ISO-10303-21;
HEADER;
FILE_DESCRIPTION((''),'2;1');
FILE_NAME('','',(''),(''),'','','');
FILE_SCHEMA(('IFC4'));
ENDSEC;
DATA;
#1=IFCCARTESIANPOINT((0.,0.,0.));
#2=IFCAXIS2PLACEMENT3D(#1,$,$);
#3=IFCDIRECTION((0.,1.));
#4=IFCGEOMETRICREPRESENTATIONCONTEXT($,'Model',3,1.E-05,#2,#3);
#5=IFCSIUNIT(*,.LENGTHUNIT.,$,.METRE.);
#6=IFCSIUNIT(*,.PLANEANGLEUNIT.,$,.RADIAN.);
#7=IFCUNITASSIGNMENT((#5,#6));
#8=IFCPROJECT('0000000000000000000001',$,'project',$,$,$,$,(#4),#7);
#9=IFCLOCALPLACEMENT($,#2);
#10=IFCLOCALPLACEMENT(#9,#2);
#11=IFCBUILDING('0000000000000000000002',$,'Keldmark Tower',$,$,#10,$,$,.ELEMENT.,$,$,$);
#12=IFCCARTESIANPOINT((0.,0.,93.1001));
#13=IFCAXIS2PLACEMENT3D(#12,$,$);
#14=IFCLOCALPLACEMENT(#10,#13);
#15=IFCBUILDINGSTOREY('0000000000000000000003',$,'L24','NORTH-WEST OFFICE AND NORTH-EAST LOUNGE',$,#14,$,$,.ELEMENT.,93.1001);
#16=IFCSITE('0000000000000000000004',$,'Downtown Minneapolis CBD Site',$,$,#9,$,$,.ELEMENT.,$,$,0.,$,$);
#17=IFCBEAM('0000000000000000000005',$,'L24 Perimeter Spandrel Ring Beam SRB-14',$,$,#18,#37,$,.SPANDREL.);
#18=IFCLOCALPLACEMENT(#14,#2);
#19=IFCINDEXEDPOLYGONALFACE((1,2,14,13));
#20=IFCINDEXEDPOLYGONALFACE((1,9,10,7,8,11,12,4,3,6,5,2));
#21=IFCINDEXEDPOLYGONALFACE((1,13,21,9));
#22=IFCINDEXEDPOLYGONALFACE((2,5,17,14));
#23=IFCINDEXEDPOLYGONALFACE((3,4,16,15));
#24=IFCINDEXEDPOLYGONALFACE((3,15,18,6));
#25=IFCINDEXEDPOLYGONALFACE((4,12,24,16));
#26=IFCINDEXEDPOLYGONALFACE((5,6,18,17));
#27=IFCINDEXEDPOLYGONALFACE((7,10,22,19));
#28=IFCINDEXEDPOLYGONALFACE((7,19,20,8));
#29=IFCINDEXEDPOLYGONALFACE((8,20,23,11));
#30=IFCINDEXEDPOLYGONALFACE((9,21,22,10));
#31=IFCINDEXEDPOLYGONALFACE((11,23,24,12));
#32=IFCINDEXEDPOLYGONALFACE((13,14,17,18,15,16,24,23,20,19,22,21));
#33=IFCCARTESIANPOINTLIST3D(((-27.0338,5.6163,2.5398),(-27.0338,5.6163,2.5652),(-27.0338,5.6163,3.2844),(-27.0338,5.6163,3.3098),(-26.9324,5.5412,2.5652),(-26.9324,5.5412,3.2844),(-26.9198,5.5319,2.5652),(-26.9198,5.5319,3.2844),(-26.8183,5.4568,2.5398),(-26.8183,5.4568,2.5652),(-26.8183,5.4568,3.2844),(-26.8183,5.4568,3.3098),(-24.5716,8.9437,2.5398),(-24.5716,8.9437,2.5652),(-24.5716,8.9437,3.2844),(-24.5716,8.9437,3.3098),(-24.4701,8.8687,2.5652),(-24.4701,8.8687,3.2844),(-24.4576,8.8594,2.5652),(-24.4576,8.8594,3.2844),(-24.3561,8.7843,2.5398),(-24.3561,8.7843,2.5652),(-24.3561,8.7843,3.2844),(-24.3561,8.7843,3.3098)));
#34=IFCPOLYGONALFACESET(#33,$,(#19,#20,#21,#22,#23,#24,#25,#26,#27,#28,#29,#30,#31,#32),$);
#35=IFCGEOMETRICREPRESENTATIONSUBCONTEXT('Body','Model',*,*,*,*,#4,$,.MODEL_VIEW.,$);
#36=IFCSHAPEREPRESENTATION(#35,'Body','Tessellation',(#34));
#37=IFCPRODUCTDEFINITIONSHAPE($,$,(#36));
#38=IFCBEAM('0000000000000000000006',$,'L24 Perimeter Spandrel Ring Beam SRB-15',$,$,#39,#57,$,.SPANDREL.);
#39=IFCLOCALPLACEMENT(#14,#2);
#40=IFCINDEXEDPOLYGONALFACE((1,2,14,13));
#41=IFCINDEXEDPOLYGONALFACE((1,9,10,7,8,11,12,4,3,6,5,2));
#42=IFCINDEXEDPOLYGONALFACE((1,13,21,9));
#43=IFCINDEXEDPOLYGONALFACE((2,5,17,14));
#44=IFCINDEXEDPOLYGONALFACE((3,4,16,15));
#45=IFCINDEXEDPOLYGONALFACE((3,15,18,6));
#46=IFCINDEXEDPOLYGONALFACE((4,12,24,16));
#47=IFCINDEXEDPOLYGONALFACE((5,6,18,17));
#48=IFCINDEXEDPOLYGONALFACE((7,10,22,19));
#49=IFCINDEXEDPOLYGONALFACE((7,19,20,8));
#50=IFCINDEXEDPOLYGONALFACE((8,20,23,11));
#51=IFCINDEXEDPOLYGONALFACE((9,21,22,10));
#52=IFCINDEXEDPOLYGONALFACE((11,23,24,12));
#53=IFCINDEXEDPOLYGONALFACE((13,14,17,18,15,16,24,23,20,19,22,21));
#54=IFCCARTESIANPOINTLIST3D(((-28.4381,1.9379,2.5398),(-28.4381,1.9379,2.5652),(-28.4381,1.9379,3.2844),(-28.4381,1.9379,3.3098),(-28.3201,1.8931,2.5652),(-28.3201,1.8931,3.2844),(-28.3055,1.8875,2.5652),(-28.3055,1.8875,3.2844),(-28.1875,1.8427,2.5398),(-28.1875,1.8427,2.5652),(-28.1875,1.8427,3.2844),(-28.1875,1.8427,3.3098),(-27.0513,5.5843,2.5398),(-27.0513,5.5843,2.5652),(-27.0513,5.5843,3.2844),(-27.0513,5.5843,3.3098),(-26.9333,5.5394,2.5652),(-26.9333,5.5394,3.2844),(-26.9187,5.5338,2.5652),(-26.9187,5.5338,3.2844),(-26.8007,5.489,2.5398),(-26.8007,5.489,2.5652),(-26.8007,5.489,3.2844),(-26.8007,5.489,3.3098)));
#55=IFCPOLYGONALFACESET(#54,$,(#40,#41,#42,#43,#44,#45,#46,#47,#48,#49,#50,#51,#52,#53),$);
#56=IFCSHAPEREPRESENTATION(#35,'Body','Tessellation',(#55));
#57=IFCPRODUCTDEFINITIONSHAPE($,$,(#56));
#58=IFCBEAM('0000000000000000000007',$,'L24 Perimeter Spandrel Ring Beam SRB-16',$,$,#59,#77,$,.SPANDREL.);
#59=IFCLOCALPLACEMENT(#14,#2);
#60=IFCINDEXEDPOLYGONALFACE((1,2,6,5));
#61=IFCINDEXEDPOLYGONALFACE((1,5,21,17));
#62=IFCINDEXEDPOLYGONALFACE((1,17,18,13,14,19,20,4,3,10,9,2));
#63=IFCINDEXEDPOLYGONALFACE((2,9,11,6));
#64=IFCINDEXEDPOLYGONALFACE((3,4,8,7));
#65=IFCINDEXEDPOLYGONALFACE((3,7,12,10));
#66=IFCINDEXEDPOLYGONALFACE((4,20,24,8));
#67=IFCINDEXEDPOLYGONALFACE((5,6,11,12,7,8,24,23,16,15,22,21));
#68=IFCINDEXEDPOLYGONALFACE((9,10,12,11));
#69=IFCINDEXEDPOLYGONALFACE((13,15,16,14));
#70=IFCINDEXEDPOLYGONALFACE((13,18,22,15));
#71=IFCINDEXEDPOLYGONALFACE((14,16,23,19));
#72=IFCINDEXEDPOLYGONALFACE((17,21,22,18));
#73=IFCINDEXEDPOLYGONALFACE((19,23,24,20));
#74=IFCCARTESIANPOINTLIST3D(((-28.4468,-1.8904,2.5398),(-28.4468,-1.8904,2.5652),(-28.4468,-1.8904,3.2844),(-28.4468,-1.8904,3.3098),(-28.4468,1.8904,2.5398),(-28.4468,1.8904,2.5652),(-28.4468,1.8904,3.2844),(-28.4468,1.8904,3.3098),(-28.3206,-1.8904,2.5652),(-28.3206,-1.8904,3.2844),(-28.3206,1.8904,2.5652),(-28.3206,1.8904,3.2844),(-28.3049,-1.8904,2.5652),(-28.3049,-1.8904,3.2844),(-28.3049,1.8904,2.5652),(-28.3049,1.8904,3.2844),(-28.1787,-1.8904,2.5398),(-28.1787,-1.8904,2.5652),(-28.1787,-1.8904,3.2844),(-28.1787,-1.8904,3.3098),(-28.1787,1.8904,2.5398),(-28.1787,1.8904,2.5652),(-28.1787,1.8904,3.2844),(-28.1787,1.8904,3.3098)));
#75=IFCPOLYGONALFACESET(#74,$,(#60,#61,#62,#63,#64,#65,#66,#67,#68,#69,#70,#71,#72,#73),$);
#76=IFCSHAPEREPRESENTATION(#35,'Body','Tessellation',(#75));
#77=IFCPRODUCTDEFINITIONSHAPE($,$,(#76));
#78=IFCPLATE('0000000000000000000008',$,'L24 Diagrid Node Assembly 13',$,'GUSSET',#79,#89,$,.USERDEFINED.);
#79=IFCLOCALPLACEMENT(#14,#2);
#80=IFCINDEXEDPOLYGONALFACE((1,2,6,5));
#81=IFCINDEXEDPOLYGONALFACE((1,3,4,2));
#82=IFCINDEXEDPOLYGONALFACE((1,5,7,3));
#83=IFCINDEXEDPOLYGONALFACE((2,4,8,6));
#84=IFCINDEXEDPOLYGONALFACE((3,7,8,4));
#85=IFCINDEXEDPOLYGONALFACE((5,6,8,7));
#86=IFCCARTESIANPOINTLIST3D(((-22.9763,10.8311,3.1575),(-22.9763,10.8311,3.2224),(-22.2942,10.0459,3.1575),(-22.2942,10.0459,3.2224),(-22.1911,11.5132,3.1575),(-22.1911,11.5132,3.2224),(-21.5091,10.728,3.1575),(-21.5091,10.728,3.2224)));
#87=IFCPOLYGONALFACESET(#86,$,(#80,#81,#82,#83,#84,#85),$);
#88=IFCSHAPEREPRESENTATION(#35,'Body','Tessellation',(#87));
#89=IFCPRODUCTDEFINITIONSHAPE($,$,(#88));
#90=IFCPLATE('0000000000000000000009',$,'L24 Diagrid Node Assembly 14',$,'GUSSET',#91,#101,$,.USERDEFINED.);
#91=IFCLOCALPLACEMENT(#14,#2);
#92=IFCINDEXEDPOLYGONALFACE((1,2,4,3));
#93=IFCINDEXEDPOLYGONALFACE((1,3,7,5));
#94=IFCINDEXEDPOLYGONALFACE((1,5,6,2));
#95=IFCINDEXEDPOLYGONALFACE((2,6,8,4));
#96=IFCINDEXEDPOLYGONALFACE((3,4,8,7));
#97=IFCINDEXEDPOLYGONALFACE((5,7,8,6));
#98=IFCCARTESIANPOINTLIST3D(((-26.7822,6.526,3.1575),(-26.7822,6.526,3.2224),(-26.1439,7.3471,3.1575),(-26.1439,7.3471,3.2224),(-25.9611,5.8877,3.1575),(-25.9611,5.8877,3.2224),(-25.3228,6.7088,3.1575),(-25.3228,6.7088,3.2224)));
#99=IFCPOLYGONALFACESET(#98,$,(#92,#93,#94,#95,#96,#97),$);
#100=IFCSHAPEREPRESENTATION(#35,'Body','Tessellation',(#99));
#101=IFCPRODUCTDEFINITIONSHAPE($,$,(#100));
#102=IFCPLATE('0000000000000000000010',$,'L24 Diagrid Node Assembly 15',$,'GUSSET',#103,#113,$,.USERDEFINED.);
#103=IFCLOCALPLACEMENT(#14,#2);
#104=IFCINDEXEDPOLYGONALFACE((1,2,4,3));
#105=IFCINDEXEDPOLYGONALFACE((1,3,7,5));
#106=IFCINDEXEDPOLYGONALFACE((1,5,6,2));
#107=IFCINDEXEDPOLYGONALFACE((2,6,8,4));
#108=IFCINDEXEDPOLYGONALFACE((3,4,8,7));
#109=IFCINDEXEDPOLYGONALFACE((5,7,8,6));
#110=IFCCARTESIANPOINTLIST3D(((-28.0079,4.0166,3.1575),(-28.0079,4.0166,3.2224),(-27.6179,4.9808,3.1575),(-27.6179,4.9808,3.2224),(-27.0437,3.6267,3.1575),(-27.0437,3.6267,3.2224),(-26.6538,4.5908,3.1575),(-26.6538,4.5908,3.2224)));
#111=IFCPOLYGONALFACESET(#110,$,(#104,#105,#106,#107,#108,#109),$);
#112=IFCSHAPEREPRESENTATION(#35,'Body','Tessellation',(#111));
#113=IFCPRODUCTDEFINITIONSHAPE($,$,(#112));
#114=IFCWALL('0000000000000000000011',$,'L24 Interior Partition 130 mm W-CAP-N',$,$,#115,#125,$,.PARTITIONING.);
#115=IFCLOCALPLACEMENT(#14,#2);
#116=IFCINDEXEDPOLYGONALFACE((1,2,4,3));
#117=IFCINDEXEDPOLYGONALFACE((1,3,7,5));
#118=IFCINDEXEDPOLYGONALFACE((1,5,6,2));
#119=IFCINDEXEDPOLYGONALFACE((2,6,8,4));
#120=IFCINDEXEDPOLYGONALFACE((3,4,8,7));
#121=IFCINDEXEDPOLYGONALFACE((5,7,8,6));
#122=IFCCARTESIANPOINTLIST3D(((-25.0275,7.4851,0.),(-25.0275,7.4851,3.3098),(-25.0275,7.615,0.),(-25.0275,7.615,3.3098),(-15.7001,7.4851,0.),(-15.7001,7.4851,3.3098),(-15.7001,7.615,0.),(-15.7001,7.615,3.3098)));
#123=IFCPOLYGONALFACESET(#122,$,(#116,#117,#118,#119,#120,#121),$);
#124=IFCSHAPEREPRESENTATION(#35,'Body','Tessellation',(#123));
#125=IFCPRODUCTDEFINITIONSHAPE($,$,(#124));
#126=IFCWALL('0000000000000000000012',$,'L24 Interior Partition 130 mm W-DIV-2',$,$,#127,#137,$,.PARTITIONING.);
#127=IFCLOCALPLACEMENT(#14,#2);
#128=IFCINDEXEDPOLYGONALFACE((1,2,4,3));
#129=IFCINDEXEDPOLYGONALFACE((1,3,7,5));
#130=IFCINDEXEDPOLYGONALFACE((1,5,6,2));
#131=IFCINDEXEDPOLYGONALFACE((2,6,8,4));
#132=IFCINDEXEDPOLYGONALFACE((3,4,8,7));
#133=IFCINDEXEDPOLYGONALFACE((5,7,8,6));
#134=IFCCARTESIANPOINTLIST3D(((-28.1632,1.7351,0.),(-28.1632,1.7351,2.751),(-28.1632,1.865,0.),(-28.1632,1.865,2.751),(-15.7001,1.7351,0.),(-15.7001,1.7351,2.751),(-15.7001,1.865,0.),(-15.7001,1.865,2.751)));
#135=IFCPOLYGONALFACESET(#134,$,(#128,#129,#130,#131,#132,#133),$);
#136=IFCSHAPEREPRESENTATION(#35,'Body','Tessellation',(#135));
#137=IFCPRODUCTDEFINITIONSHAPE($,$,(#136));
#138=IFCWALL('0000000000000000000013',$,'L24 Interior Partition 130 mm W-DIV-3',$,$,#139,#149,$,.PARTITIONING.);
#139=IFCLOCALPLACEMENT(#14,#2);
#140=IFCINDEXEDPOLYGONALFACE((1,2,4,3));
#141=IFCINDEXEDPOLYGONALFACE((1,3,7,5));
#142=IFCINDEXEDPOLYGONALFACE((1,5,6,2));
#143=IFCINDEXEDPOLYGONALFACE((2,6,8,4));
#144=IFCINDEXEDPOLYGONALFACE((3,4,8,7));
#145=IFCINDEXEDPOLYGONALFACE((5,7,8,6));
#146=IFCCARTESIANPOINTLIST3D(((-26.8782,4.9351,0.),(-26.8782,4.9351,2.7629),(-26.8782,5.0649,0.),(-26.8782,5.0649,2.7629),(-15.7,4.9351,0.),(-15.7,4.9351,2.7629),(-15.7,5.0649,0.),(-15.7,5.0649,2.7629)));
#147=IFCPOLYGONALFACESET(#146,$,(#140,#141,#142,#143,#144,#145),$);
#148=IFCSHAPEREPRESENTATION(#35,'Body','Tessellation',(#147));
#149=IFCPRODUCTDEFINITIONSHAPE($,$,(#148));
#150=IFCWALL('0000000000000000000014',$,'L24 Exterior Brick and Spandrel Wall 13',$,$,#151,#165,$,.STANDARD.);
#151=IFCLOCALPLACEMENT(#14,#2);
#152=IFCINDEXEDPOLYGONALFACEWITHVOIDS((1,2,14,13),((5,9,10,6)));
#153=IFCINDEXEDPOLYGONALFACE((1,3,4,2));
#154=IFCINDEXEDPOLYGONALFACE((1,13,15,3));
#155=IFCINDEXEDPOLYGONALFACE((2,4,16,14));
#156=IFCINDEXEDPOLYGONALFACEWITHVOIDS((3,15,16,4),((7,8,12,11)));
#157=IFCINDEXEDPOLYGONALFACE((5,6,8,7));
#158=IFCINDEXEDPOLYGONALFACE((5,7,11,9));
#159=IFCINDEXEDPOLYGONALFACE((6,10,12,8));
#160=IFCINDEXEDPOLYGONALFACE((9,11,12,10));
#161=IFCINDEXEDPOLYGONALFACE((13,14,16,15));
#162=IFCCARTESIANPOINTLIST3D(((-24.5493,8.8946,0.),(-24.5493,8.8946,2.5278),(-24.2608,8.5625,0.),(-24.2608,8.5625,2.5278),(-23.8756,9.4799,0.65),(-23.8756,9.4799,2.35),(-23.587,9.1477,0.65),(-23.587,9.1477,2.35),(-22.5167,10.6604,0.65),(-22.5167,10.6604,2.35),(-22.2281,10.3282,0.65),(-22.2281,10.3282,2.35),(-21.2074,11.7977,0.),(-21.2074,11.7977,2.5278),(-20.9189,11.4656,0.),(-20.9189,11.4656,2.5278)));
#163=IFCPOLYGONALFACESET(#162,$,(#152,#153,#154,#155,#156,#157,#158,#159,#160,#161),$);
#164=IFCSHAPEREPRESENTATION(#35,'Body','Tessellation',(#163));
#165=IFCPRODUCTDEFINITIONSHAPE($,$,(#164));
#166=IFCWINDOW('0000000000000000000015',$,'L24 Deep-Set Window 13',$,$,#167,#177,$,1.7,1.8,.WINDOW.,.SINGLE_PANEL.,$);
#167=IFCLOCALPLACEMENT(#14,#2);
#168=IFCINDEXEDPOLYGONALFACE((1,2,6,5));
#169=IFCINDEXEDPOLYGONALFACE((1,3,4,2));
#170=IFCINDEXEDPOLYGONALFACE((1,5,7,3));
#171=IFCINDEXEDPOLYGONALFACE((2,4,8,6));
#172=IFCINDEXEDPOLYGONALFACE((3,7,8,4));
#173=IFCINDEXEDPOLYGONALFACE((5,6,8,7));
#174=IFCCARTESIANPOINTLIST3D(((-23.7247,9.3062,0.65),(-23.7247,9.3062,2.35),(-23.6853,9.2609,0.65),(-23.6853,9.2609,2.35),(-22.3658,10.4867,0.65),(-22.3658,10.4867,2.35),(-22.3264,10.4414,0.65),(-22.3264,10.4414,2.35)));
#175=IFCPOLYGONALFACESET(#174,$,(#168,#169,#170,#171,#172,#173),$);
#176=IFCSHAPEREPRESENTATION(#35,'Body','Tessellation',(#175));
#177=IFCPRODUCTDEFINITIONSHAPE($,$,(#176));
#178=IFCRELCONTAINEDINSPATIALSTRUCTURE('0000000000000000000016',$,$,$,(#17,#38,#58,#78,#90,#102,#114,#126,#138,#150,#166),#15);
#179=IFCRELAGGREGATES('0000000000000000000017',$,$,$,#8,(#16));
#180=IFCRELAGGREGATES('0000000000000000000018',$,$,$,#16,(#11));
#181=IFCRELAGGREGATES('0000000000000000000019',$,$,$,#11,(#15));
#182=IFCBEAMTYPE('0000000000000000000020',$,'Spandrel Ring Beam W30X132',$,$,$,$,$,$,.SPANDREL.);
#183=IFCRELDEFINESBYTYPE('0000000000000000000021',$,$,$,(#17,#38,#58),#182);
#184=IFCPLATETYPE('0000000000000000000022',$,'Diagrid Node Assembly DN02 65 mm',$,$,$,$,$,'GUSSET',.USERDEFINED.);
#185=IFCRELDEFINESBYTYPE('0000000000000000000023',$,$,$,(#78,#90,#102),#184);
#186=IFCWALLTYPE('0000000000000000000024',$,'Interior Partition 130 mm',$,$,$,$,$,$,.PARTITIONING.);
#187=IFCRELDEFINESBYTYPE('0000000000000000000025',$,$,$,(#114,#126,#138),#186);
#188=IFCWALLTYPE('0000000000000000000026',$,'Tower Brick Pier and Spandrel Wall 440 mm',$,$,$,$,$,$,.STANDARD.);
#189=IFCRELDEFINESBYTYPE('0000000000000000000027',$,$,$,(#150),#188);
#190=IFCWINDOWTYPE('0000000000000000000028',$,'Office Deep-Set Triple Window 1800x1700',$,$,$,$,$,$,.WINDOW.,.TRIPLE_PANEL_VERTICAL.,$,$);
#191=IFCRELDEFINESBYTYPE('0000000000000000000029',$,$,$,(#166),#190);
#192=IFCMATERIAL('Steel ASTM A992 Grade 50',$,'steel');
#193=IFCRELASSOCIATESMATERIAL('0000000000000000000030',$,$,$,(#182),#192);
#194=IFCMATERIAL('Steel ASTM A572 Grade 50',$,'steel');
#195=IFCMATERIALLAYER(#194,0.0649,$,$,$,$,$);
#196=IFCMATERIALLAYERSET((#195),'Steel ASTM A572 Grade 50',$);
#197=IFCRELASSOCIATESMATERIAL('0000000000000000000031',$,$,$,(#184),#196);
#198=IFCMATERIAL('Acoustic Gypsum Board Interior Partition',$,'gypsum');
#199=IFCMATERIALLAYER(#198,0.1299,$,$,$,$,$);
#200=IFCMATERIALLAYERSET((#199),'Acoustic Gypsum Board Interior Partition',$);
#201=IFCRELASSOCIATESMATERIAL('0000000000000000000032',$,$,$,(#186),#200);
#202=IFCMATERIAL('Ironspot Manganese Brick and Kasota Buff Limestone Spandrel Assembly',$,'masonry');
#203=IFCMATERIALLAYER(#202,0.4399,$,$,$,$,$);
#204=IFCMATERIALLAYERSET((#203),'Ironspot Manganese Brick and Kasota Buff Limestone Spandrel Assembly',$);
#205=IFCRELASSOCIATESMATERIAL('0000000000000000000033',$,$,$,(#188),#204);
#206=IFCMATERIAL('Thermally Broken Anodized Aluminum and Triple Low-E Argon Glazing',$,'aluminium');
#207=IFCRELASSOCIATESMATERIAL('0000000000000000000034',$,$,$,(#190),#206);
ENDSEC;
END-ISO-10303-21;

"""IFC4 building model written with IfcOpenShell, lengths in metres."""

from ifc_helpers import new_model, si_unit, direction, frame, frame_2d, origin, origin_2d, place, context, subcontext, project, spatial, rectangle, i_section, extrude, material, layer, layer_set, material_profile, profile_set, type_object, element, fill, save


model = new_model("IFC4")

# Units and contexts
model_context = context("Model", 3, precision=1e-05, world=origin(), true_north=direction((0.0, 1.0)))
body_context = subcontext(model_context, "Body", "Model", "MODEL_VIEW")
ifc_project = project(units=[si_unit("LENGTHUNIT", "METRE"), si_unit("PLANEANGLEUNIT", "RADIAN")], contexts=[model_context])

# Site, building, storey
site_placement = place(None, origin())
site = spatial("IfcSite", under=ifc_project, at=site_placement, Name="Downtown Minneapolis CBD Site", CompositionType="ELEMENT", RefElevation=0.0)
building_placement = place(site_placement, origin())
building = spatial("IfcBuilding", under=site, at=building_placement, Name="Keldmark Tower", CompositionType="ELEMENT")
storey_placement = place(building_placement, frame((0.0, 0.0, 93.1001)))
storey = spatial("IfcBuildingStorey", under=building, at=storey_placement, Name="L24", Description="NORTH-WEST OFFICE AND NORTH-EAST LOUNGE", CompositionType="ELEMENT", Elevation=93.1001)

# Beams
ifc_material_1 = material(Name="Steel ASTM A992 Grade 50", Category="steel")
ifc_material_profile_1 = material_profile(ifc_material_1, i_section(OverallWidth=0.2681, OverallDepth=0.77, WebThickness=0.0156, FlangeThickness=0.0254, at=origin_2d()), Name="W30X132")
ifc_profile_set_1 = profile_set([ifc_material_profile_1], Name="Steel ASTM A992 Grade 50")
beam_type_1 = type_object("IfcBeamType", Name="Spandrel Ring Beam W30X132", PredefinedType="SPANDREL", material=ifc_profile_set_1)
beam_1_placement = place(storey_placement, frame((-24.4639, 8.864, 2.9248), z_axis=(-0.594825, -0.803855, 0.0), x_axis=(0.803855, -0.594825, 0.0)))
element("IfcBeam", 1, at=beam_1_placement, inside=storey, type_object=beam_type_1, Name="L24 Perimeter Spandrel Ring Beam SRB-14", PredefinedType="SPANDREL", context=body_context, shape_type="SweptSolid", body=[
    extrude(i_section(OverallWidth=0.2681, OverallDepth=0.77, WebThickness=0.0156, FlangeThickness=0.0254, at=origin_2d()), origin(), (0.0, 0.0, 1.0), 4.1394),
])
beam_2_placement = place(storey_placement, frame((-26.926, 5.5366, 2.9248), z_axis=(-0.355475, -0.934686, 0.0), x_axis=(0.934686, -0.355475, 0.0)))
element("IfcBeam", 2, at=beam_2_placement, inside=storey, type_object=beam_type_1, Name="L24 Perimeter Spandrel Ring Beam SRB-15", PredefinedType="SPANDREL", context=body_context, shape_type="SweptSolid", body=[
    extrude(i_section(OverallWidth=0.2681, OverallDepth=0.77, WebThickness=0.0156, FlangeThickness=0.0254, at=origin_2d()), origin(), (0.0, 0.0, 1.0), 3.9011),
])
beam_3_placement = place(storey_placement, frame((-28.3127, 1.8904, 2.9248), z_axis=(0.0, -1.0, 0.0), x_axis=(1.0, 0.0, 0.0)))
element("IfcBeam", 3, at=beam_3_placement, inside=storey, type_object=beam_type_1, Name="L24 Perimeter Spandrel Ring Beam SRB-16", PredefinedType="SPANDREL", context=body_context, shape_type="SweptSolid", body=[
    extrude(i_section(OverallWidth=0.2681, OverallDepth=0.77, WebThickness=0.0156, FlangeThickness=0.0254, at=origin_2d()), origin(), (0.0, 0.0, 1.0), 3.7808),
])

# Plates
ifc_material_2 = material(Name="Steel ASTM A572 Grade 50", Category="steel")
ifc_layer_1 = layer(ifc_material_2, 0.0649)
ifc_layer_set_1 = layer_set([ifc_layer_1], Name="Steel ASTM A572 Grade 50")
plate_type = type_object("IfcPlateType", Name="Diagrid Node Assembly DN02 65 mm", ElementType="GUSSET", PredefinedType="USERDEFINED", material=ifc_layer_set_1)
for number, where, z_axis, x_axis, name in (
    (4, (-22.2427, 10.7795, 3.1575), (0.0, 0.0, 1.0), (-0.754939, -0.655796, 0.0), "L24 Diagrid Node Assembly 13"),
    (5, (-26.0525, 6.6174, 3.1575), (0.0, 0.0, 1.0), (-0.613734, -0.789513, 0.0), "L24 Diagrid Node Assembly 14"),
    (6, (-27.3308, 4.3037, 3.1575), (0.0, 0.0, 1.0), (-0.37493, -0.927053, 0.0), "L24 Diagrid Node Assembly 15"),
):
    element("IfcPlate", number, at=place(storey_placement, frame(where, z_axis=z_axis, x_axis=x_axis)), inside=storey, type_object=plate_type, Name=name, ObjectType="GUSSET", PredefinedType="USERDEFINED", context=body_context, shape_type="SweptSolid", body=[
        extrude(rectangle(XDim=1.04, YDim=1.04, at=origin_2d()), origin(), (0.0, 0.0, 1.0), 0.0649),
    ])

# Walls
ifc_material_3 = material(Name="Acoustic Gypsum Board Interior Partition", Category="gypsum")
ifc_layer_2 = layer(ifc_material_3, 0.1299)
ifc_layer_set_2 = layer_set([ifc_layer_2], Name="Acoustic Gypsum Board Interior Partition")
wall_type_1 = type_object("IfcWallType", Name="Interior Partition 130 mm", PredefinedType="PARTITIONING", material=ifc_layer_set_2)
wall_1_placement = place(storey_placement, frame((-25.0273, 7.55, 0.0), z_axis=(0.0, 0.0, 1.0), x_axis=(1.0, 0.0, 0.0)))
element("IfcWall", 7, at=wall_1_placement, inside=storey, type_object=wall_type_1, Name="L24 Interior Partition 130 mm W-CAP-N", PredefinedType="PARTITIONING", context=body_context, shape_type="SweptSolid", body=[
    extrude(rectangle(XDim=9.3274, YDim=0.1299, at=frame_2d((4.6636, 0.0))), origin(), (0.0, 0.0, 1.0), 3.3098),
])
wall_2_placement = place(storey_placement, frame((-28.1631, 1.8, 0.0), z_axis=(0.0, 0.0, 1.0), x_axis=(1.0, 0.0, 0.0)))
element("IfcWall", 8, at=wall_2_placement, inside=storey, type_object=wall_type_1, Name="L24 Interior Partition 130 mm W-DIV-2", PredefinedType="PARTITIONING", context=body_context, shape_type="SweptSolid", body=[
    extrude(rectangle(XDim=12.4631, YDim=0.1299, at=frame_2d((6.2314, 0.0))), origin(), (0.0, 0.0, 1.0), 2.751),
])
wall_3_placement = place(storey_placement, frame((-26.8782, 5.0, 0.0), z_axis=(0.0, 0.0, 1.0), x_axis=(1.0, 0.0, 0.0)))
element("IfcWall", 9, at=wall_3_placement, inside=storey, type_object=wall_type_1, Name="L24 Interior Partition 130 mm W-DIV-3", PredefinedType="PARTITIONING", context=body_context, shape_type="SweptSolid", body=[
    extrude(rectangle(XDim=11.1782, YDim=0.1299, at=frame_2d((5.5891, 0.0))), origin(), (0.0, 0.0, 1.0), 2.7629),
])

# Wall, opening, window
ifc_material_4 = material(Name="Ironspot Manganese Brick and Kasota Buff Limestone Spandrel Assembly", Category="masonry")
ifc_layer_3 = layer(ifc_material_4, 0.4399)
ifc_layer_set_3 = layer_set([ifc_layer_3], Name="Ironspot Manganese Brick and Kasota Buff Limestone Spandrel Assembly")
wall_type_2 = type_object("IfcWallType", Name="Tower Brick Pier and Spandrel Wall 440 mm", PredefinedType="STANDARD", material=ifc_layer_set_3)
wall_4_placement = place(storey_placement, frame((-24.405, 8.7285, 0.0), z_axis=(0.0, 0.0, 1.0), x_axis=(0.754922, 0.655814, 0.0)))
wall_4 = element("IfcWall", 10, at=wall_4_placement, inside=storey, type_object=wall_type_2, Name="L24 Exterior Brick and Spandrel Wall 13", PredefinedType="STANDARD", context=body_context, shape_type="SweptSolid", body=[
    extrude(rectangle(XDim=4.4268, YDim=0.4399, at=frame_2d((2.2134, 0.0))), origin(), (0.0, 0.0, 1.0), 2.5278),
])
opening_1_placement = place(wall_4_placement, frame((0.8926, 0.0, 0.6499)))
opening_1 = element("IfcOpeningElement", 11, at=opening_1_placement, cuts=wall_4, PredefinedType="OPENING", context=body_context, shape_type="SweptSolid", body=[
    extrude(rectangle(XDim=1.8, YDim=1.7, at=frame_2d((0.8999, 0.8501))), frame((0.0, 0.23, 0.0), z_axis=(0.0, -1.0, 0.0), x_axis=(1.0, 0.0, 0.0)), (0.0, 0.0, 1.0), 0.46),
])
ifc_material_5 = material(Name="Thermally Broken Anodized Aluminum and Triple Low-E Argon Glazing", Category="aluminium")
window_type_1 = type_object("IfcWindowType", Name="Office Deep-Set Triple Window 1800x1700", PartitioningType="TRIPLE_PANEL_VERTICAL", PredefinedType="WINDOW", material=ifc_material_5)
window_1_placement = place(opening_1_placement, origin())
window_1 = element("IfcWindow", 12, at=window_1_placement, inside=storey, type_object=window_type_1, Name="L24 Deep-Set Window 13", OverallHeight=1.7, OverallWidth=1.8, PartitioningType="SINGLE_PANEL", PredefinedType="WINDOW", context=body_context, shape_type="SweptSolid", body=[
    extrude(rectangle(XDim=1.8, YDim=1.7, at=frame_2d((0.8999, 0.8501))), frame((0.0, -0.01, 0.0), z_axis=(0.0, -1.0, 0.0), x_axis=(1.0, 0.0, 0.0)), (0.0, 0.0, 1.0), 0.0601),
])
fill(opening_1, window_1)

save(model, "model.ifc")
